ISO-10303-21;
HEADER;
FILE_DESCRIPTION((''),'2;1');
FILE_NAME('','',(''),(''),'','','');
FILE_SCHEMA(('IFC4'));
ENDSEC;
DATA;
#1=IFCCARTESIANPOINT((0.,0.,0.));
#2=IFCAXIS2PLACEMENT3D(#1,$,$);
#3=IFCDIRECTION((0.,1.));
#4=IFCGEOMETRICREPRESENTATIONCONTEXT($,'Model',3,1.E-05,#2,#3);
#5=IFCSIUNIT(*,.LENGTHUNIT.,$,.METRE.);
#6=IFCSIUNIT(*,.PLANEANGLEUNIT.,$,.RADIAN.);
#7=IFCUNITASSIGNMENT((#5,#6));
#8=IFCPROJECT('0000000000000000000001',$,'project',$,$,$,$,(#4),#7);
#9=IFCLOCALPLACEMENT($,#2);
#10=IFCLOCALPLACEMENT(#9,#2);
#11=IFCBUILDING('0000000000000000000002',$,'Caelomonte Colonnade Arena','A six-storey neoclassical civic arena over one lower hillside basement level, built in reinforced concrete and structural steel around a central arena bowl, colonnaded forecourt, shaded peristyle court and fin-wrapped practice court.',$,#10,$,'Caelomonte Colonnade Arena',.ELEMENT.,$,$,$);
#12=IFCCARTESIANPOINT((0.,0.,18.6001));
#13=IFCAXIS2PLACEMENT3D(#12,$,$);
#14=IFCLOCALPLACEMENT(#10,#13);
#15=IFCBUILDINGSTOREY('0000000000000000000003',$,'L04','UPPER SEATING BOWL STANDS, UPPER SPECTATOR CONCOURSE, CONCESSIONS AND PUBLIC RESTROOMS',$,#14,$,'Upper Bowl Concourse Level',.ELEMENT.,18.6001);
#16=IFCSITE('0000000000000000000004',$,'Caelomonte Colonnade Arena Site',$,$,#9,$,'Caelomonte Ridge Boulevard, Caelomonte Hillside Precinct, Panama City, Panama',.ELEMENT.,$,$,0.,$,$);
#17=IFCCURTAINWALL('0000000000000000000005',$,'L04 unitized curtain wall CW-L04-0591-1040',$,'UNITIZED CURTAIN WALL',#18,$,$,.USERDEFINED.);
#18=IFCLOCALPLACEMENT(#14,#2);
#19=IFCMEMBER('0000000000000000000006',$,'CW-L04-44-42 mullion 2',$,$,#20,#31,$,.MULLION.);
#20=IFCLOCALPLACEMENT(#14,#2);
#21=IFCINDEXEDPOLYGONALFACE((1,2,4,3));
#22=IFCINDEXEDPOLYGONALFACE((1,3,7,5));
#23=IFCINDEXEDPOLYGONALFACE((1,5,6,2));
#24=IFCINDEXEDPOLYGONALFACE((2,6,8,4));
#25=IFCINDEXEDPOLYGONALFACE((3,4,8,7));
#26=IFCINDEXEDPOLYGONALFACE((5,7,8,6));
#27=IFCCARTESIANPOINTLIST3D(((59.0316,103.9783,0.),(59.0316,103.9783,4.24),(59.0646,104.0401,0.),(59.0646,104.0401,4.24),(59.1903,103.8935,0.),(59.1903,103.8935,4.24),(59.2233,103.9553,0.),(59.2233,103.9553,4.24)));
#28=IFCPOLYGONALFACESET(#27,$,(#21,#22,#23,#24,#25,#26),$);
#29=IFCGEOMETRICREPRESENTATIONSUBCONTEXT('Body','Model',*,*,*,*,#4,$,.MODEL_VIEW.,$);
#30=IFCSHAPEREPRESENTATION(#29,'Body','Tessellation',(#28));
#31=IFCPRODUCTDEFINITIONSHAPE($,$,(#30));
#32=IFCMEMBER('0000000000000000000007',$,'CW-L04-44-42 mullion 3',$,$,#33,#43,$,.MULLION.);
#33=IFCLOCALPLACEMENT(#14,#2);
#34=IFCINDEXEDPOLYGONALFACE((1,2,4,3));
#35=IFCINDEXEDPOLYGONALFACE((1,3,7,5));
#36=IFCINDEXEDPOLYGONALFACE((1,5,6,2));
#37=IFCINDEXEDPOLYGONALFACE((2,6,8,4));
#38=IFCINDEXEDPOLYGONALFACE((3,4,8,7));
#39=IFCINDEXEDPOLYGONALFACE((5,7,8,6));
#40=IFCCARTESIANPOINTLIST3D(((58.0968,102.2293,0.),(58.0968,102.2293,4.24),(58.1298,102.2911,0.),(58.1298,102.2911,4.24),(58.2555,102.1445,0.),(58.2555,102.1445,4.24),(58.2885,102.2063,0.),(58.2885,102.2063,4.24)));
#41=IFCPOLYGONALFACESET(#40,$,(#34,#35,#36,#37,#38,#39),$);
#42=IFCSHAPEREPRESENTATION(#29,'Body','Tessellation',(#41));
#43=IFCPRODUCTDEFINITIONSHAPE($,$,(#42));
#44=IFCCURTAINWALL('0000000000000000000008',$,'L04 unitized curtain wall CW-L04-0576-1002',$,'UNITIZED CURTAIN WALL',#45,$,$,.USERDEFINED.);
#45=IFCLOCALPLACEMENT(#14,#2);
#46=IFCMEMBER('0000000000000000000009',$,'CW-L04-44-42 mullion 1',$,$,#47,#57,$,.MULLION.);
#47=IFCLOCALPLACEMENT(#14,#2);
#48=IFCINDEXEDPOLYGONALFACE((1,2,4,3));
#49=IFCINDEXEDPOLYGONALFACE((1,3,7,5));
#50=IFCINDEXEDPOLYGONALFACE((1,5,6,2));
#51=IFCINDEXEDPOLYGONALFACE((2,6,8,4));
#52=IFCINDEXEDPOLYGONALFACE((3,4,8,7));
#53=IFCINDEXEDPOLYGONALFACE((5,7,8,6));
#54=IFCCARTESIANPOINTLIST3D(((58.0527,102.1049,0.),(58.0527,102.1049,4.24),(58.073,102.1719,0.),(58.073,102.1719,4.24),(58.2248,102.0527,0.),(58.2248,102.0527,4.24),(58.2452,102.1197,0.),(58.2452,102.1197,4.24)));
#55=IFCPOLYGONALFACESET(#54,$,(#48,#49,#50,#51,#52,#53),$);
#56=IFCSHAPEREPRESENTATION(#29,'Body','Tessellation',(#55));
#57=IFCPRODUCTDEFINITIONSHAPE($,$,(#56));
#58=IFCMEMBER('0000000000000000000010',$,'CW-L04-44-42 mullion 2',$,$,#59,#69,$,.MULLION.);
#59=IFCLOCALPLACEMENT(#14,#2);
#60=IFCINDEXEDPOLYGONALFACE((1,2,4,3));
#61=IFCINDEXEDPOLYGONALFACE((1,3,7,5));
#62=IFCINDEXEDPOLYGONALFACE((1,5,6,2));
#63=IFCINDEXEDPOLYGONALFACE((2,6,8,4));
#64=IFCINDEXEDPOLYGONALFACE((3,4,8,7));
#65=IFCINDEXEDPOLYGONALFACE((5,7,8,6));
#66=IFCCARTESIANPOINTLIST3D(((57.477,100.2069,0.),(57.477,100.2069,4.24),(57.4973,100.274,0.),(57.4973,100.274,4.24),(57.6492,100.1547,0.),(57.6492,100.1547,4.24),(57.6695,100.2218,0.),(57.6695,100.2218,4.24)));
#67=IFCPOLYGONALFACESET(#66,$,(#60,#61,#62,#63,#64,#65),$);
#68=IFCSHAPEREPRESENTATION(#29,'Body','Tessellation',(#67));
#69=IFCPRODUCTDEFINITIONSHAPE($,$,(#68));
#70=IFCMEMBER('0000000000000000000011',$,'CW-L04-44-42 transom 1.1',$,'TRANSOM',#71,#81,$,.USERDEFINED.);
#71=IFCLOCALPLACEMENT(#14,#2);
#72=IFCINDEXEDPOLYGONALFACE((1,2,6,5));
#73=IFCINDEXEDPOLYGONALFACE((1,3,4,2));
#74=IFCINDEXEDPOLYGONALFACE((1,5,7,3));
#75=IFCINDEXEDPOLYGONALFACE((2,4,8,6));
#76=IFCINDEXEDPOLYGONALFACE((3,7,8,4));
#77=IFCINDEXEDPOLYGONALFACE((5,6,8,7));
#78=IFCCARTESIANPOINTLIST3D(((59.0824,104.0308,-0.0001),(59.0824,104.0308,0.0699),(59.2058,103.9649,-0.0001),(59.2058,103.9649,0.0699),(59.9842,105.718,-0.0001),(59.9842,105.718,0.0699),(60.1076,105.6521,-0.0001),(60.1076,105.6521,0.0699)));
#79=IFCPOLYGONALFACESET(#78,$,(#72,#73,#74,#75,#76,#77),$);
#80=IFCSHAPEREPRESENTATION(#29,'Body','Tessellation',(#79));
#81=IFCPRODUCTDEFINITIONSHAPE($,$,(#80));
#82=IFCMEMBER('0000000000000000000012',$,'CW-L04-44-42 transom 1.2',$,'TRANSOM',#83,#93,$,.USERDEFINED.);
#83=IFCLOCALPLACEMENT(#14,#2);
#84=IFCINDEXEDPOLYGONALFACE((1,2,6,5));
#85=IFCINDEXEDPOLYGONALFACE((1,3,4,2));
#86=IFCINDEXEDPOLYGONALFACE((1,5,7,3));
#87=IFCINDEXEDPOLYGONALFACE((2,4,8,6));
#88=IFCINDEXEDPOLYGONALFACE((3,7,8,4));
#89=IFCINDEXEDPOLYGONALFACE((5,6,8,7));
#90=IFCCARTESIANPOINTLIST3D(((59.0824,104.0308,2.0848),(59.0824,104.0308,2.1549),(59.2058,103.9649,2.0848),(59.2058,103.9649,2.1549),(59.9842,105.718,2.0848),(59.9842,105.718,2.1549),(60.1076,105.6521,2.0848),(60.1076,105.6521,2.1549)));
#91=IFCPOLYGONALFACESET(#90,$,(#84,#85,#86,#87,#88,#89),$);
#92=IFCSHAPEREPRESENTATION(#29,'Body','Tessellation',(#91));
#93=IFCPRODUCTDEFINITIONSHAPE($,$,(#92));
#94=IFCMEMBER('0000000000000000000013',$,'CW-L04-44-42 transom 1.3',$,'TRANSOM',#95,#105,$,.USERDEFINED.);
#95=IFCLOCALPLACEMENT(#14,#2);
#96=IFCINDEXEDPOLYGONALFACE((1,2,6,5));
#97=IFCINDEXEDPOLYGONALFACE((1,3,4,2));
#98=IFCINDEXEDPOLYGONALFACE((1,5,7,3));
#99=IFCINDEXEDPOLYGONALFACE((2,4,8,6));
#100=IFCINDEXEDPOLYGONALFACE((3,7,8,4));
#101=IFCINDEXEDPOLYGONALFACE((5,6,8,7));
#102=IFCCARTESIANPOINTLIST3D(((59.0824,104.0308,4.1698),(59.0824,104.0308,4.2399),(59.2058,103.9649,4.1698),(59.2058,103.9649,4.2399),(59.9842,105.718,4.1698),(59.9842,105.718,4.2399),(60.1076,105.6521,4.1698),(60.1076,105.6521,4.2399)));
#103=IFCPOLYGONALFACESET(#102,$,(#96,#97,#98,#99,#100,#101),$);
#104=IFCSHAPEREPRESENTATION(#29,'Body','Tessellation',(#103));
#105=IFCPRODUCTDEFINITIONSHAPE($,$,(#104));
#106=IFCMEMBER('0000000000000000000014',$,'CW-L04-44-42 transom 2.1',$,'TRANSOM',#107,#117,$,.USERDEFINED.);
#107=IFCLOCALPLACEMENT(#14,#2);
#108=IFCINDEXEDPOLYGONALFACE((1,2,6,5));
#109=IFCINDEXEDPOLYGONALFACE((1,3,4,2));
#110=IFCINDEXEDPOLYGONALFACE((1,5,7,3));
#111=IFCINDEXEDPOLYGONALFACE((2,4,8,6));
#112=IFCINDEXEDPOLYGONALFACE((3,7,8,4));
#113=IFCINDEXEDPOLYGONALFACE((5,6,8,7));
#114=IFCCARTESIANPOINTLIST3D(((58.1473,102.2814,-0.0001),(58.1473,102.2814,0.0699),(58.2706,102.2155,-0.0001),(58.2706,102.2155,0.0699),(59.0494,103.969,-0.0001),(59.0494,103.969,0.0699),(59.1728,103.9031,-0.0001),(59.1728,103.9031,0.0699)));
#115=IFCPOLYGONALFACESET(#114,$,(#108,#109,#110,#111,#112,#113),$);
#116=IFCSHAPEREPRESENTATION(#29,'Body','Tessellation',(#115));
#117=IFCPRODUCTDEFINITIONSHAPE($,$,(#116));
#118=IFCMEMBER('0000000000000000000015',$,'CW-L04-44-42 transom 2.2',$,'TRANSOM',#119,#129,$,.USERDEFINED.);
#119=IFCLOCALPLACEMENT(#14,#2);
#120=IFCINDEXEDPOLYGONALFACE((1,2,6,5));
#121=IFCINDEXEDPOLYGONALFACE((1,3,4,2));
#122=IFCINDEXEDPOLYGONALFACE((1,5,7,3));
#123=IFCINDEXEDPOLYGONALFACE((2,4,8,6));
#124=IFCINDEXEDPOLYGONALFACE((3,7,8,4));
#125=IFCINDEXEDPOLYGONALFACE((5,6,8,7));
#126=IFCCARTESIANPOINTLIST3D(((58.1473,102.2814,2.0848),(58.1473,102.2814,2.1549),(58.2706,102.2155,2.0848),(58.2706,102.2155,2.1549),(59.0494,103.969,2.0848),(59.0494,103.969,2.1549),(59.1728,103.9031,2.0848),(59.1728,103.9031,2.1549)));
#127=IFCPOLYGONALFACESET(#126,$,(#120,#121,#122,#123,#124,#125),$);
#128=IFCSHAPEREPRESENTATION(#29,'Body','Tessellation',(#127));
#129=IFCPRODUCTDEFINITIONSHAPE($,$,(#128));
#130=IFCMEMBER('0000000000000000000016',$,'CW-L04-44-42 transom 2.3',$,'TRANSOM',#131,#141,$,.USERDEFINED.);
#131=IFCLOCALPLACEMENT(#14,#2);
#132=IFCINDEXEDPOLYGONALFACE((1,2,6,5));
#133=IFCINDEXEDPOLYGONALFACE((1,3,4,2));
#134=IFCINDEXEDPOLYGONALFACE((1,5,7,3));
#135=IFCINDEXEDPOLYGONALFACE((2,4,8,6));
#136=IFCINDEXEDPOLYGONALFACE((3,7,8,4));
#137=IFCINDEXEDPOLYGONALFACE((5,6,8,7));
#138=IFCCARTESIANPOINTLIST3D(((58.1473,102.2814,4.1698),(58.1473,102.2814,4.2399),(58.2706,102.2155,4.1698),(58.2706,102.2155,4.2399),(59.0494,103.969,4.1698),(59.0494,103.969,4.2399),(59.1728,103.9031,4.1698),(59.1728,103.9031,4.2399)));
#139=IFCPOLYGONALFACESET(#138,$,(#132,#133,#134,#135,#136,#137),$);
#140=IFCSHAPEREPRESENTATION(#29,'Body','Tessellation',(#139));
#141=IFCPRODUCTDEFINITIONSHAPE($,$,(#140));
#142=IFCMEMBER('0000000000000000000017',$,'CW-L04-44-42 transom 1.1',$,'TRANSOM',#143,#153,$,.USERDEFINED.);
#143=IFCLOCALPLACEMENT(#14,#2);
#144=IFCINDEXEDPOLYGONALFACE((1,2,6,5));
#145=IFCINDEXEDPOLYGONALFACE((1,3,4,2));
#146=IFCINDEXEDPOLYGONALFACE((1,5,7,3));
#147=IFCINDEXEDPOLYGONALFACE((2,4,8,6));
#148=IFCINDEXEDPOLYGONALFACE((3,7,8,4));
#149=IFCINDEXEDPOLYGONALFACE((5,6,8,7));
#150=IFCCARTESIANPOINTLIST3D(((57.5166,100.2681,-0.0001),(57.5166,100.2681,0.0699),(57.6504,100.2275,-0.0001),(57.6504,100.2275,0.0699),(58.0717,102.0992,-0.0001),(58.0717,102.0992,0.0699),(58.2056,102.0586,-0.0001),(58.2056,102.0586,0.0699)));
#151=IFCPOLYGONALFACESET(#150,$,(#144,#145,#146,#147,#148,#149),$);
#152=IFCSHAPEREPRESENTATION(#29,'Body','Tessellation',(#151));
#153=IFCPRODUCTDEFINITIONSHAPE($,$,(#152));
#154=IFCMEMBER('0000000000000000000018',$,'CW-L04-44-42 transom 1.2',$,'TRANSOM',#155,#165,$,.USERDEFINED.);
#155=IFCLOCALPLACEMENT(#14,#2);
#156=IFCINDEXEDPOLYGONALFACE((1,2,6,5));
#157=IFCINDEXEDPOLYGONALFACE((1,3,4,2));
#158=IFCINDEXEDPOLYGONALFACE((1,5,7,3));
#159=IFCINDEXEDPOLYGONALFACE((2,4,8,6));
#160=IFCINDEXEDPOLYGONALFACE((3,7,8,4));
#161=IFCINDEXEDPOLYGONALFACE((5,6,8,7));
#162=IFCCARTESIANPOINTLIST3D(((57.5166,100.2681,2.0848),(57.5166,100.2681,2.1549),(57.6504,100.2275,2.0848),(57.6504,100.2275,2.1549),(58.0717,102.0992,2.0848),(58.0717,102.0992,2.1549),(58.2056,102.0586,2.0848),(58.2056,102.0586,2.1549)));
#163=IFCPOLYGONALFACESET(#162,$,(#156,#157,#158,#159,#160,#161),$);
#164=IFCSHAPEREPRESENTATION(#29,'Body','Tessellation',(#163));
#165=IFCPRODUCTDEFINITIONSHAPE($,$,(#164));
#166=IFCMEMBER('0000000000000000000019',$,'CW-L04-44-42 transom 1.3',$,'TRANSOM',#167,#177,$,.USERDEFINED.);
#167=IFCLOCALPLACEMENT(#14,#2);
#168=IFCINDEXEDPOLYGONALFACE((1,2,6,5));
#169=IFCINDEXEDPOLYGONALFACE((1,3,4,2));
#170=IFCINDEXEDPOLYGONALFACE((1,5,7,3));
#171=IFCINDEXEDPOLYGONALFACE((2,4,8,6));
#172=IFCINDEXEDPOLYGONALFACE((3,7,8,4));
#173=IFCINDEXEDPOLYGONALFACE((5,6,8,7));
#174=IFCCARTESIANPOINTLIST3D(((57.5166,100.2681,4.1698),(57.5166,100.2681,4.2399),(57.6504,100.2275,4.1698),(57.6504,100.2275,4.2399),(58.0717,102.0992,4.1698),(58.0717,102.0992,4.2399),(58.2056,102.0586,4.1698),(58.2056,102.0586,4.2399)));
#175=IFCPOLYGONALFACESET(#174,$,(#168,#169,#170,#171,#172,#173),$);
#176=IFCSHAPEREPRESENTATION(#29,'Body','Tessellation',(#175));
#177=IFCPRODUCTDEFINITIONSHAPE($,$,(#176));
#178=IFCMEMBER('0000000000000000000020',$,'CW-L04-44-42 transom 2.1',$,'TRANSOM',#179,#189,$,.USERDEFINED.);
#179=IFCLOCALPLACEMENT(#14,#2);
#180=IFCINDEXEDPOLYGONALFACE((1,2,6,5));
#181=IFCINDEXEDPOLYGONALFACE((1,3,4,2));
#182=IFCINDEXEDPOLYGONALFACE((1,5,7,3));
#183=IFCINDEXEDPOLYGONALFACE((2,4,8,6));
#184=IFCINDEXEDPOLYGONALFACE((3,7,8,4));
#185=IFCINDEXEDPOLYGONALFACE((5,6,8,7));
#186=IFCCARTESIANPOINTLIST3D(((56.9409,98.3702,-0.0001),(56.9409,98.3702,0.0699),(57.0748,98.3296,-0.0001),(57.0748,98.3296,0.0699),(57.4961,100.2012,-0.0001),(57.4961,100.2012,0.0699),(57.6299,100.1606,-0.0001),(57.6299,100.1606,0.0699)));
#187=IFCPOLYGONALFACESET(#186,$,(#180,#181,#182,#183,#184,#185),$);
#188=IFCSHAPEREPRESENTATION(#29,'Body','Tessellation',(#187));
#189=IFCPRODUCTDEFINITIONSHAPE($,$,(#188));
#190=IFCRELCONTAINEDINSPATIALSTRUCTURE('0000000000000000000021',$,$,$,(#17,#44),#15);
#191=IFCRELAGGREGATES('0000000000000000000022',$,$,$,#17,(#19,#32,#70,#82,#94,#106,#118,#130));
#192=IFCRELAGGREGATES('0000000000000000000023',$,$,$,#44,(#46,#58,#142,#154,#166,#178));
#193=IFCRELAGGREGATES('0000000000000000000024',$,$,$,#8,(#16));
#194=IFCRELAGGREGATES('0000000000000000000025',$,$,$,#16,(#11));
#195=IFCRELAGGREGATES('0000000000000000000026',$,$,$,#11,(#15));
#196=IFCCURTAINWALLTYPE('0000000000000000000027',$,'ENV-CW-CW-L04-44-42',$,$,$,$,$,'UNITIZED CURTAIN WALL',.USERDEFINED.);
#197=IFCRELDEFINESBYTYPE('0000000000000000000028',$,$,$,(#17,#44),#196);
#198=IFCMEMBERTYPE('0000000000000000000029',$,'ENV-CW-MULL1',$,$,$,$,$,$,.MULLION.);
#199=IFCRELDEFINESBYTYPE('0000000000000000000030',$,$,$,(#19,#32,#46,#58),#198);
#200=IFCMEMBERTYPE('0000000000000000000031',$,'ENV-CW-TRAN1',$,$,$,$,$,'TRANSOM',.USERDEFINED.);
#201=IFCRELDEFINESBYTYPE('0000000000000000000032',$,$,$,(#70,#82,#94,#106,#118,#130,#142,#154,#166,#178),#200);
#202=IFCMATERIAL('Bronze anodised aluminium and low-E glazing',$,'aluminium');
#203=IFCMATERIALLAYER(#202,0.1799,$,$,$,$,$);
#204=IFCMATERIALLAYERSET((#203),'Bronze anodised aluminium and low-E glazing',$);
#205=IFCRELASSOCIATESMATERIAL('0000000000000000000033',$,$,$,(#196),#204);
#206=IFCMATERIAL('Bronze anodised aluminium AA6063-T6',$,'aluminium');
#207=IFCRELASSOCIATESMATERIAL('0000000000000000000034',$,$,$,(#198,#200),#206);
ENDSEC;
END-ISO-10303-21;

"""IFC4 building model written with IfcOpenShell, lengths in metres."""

from ifc_helpers import new_model, si_unit, direction, frame, origin, origin_2d, place, context, subcontext, project, spatial, rectangle, extrude, material, layer, layer_set, material_profile, profile_set, type_object, element, aggregate, save


model = new_model("IFC4")

# Units and contexts
model_context = context("Model", 3, precision=1e-05, world=origin(), true_north=direction((0.0, 1.0)))
body_context = subcontext(model_context, "Body", "Model", "MODEL_VIEW")
ifc_project = project(units=[si_unit("LENGTHUNIT", "METRE"), si_unit("PLANEANGLEUNIT", "RADIAN")], contexts=[model_context])

# Site, building, storey
site_placement = place(None, origin())
site = spatial("IfcSite", under=ifc_project, at=site_placement, Name="Caelomonte Colonnade Arena Site", LongName="Caelomonte Ridge Boulevard, Caelomonte Hillside Precinct, Panama City, Panama", CompositionType="ELEMENT", RefElevation=0.0)
building_placement = place(site_placement, origin())
building = spatial("IfcBuilding", under=site, at=building_placement, Name="Caelomonte Colonnade Arena", Description="A six-storey neoclassical civic arena over one lower hillside basement level, built in reinforced concrete and structural steel around a central arena bowl, colonnaded forecourt, shaded peristyle court and fin-wrapped practice court.", LongName="Caelomonte Colonnade Arena", CompositionType="ELEMENT")
storey_placement = place(building_placement, frame((0.0, 0.0, 18.6001)))
storey = spatial("IfcBuildingStorey", under=building, at=storey_placement, Name="L04", Description="UPPER SEATING BOWL STANDS, UPPER SPECTATOR CONCOURSE, CONCESSIONS AND PUBLIC RESTROOMS", LongName="Upper Bowl Concourse Level", CompositionType="ELEMENT", Elevation=18.6001)

# Curtain walls, members
ifc_material_1 = material(Name="Bronze anodised aluminium and low-E glazing", Category="aluminium")
ifc_layer_1 = layer(ifc_material_1, 0.1799)
ifc_layer_set_1 = layer_set([ifc_layer_1], Name="Bronze anodised aluminium and low-E glazing")
curtain_wall_type = type_object("IfcCurtainWallType", Name="ENV-CW-CW-L04-44-42", ElementType="UNITIZED CURTAIN WALL", PredefinedType="USERDEFINED", material=ifc_layer_set_1)
curtain_wall_1_placement = place(storey_placement, origin())
curtain_wall_1 = element("IfcCurtainWall", 1, at=curtain_wall_1_placement, inside=storey, type_object=curtain_wall_type, Name="L04 unitized curtain wall CW-L04-0591-1040", ObjectType="UNITIZED CURTAIN WALL", PredefinedType="USERDEFINED")
ifc_material_2 = material(Name="Bronze anodised aluminium AA6063-T6", Category="aluminium")
ifc_material_profile_1 = material_profile(ifc_material_2, rectangle(XDim=0.0701, YDim=0.1799, at=origin_2d()), Name="CWM-70X180")
ifc_profile_set_1 = profile_set([ifc_material_profile_1], Name="Bronze anodised aluminium AA6063-T6")
member_type_1 = type_object("IfcMemberType", Name="ENV-CW-MULL1", PredefinedType="MULLION", material=ifc_profile_set_1)
member_1_placement = place(storey_placement, frame((59.1274, 103.9668, 0.0), z_axis=(0.0, 0.0, 1.0), x_axis=(-0.471394, -0.881923, 0.0)))
member_1 = element("IfcMember", 2, at=member_1_placement, type_object=member_type_1, Name="CW-L04-44-42 mullion 2", PredefinedType="MULLION", context=body_context, shape_type="SweptSolid", body=[
    extrude(rectangle(XDim=0.0701, YDim=0.1799, at=origin_2d()), origin(), (0.0, 0.0, 1.0), 4.24),
])
member_2_placement = place(storey_placement, frame((58.1926, 102.2178, 0.0), z_axis=(0.0, 0.0, 1.0), x_axis=(-0.471394, -0.881923, 0.0)))
member_2 = element("IfcMember", 3, at=member_2_placement, type_object=member_type_1, Name="CW-L04-44-42 mullion 3", PredefinedType="MULLION", context=body_context, shape_type="SweptSolid", body=[
    extrude(rectangle(XDim=0.0701, YDim=0.1799, at=origin_2d()), origin(), (0.0, 0.0, 1.0), 4.24),
])
curtain_wall_2_placement = place(storey_placement, origin())
curtain_wall_2 = element("IfcCurtainWall", 4, at=curtain_wall_2_placement, inside=storey, type_object=curtain_wall_type, Name="L04 unitized curtain wall CW-L04-0576-1002", ObjectType="UNITIZED CURTAIN WALL", PredefinedType="USERDEFINED")
member_3_placement = place(storey_placement, frame((58.1489, 102.1123, 0.0), z_axis=(0.0, 0.0, 1.0), x_axis=(-0.290256, -0.956949, 0.0)))
member_3 = element("IfcMember", 5, at=member_3_placement, type_object=member_type_1, Name="CW-L04-44-42 mullion 1", PredefinedType="MULLION", context=body_context, shape_type="SweptSolid", body=[
    extrude(rectangle(XDim=0.0701, YDim=0.1799, at=origin_2d()), origin(), (0.0, 0.0, 1.0), 4.24),
])
member_4_placement = place(storey_placement, frame((57.5732, 100.2144, 0.0), z_axis=(0.0, 0.0, 1.0), x_axis=(-0.290256, -0.956949, 0.0)))
member_4 = element("IfcMember", 6, at=member_4_placement, type_object=member_type_1, Name="CW-L04-44-42 mullion 2", PredefinedType="MULLION", context=body_context, shape_type="SweptSolid", body=[
    extrude(rectangle(XDim=0.0701, YDim=0.1799, at=origin_2d()), origin(), (0.0, 0.0, 1.0), 4.24),
])

# Members
ifc_material_profile_2 = material_profile(ifc_material_2, rectangle(XDim=0.0701, YDim=0.1399, at=origin_2d()), Name="CWT-70X140")
ifc_profile_set_2 = profile_set([ifc_material_profile_2], Name="Bronze anodised aluminium AA6063-T6")
member_type_2 = type_object("IfcMemberType", Name="ENV-CW-TRAN1", ElementType="TRANSOM", PredefinedType="USERDEFINED", material=ifc_profile_set_2)
member_5_placement = place(storey_placement, frame((60.0459, 105.6851, 0.0349), z_axis=(-0.471396, -0.881922, 0.0), x_axis=(0.0, 0.0, 1.0)))
member_5 = element("IfcMember", 7, at=member_5_placement, type_object=member_type_2, Name="CW-L04-44-42 transom 1.1", ObjectType="TRANSOM", PredefinedType="USERDEFINED", context=body_context, shape_type="SweptSolid", body=[
    extrude(rectangle(XDim=0.0701, YDim=0.1399, at=origin_2d()), origin(), (0.0, 0.0, 1.0), 1.9131),
])
member_6_placement = place(storey_placement, frame((60.0459, 105.6851, 2.1199), z_axis=(-0.471396, -0.881922, 0.0), x_axis=(0.0, 0.0, 1.0)))
member_6 = element("IfcMember", 8, at=member_6_placement, type_object=member_type_2, Name="CW-L04-44-42 transom 1.2", ObjectType="TRANSOM", PredefinedType="USERDEFINED", context=body_context, shape_type="SweptSolid", body=[
    extrude(rectangle(XDim=0.0701, YDim=0.1399, at=origin_2d()), origin(), (0.0, 0.0, 1.0), 1.9131),
])
member_7_placement = place(storey_placement, frame((60.0459, 105.6851, 4.2048), z_axis=(-0.471396, -0.881922, 0.0), x_axis=(0.0, 0.0, 1.0)))
member_7 = element("IfcMember", 9, at=member_7_placement, type_object=member_type_2, Name="CW-L04-44-42 transom 1.3", ObjectType="TRANSOM", PredefinedType="USERDEFINED", context=body_context, shape_type="SweptSolid", body=[
    extrude(rectangle(XDim=0.0701, YDim=0.1399, at=origin_2d()), origin(), (0.0, 0.0, 1.0), 1.9131),
])
member_8_placement = place(storey_placement, frame((59.1111, 103.936, 0.0349), z_axis=(-0.471442, -0.881897, 0.0), x_axis=(0.0, 0.0, 1.0)))
member_8 = element("IfcMember", 10, at=member_8_placement, type_object=member_type_2, Name="CW-L04-44-42 transom 2.1", ObjectType="TRANSOM", PredefinedType="USERDEFINED", context=body_context, shape_type="SweptSolid", body=[
    extrude(rectangle(XDim=0.0701, YDim=0.1399, at=origin_2d()), origin(), (0.0, 0.0, 1.0), 1.9136),
])
member_9_placement = place(storey_placement, frame((59.1111, 103.936, 2.1199), z_axis=(-0.471442, -0.881897, 0.0), x_axis=(0.0, 0.0, 1.0)))
member_9 = element("IfcMember", 11, at=member_9_placement, type_object=member_type_2, Name="CW-L04-44-42 transom 2.2", ObjectType="TRANSOM", PredefinedType="USERDEFINED", context=body_context, shape_type="SweptSolid", body=[
    extrude(rectangle(XDim=0.0701, YDim=0.1399, at=origin_2d()), origin(), (0.0, 0.0, 1.0), 1.9136),
])
member_10_placement = place(storey_placement, frame((59.1111, 103.936, 4.2048), z_axis=(-0.471442, -0.881897, 0.0), x_axis=(0.0, 0.0, 1.0)))
member_10 = element("IfcMember", 12, at=member_10_placement, type_object=member_type_2, Name="CW-L04-44-42 transom 2.3", ObjectType="TRANSOM", PredefinedType="USERDEFINED", context=body_context, shape_type="SweptSolid", body=[
    extrude(rectangle(XDim=0.0701, YDim=0.1399, at=origin_2d()), origin(), (0.0, 0.0, 1.0), 1.9136),
])
member_11_placement = place(storey_placement, frame((58.1387, 102.0789, 0.0349), z_axis=(-0.290156, -0.956979, 0.0), x_axis=(0.0, 0.0, 1.0)))
member_11 = element("IfcMember", 13, at=member_11_placement, type_object=member_type_2, Name="CW-L04-44-42 transom 1.1", ObjectType="TRANSOM", PredefinedType="USERDEFINED", context=body_context, shape_type="SweptSolid", body=[
    extrude(rectangle(XDim=0.0701, YDim=0.1399, at=origin_2d()), origin(), (0.0, 0.0, 1.0), 1.9133),
])
member_12_placement = place(storey_placement, frame((58.1387, 102.0789, 2.1199), z_axis=(-0.290156, -0.956979, 0.0), x_axis=(0.0, 0.0, 1.0)))
member_12 = element("IfcMember", 14, at=member_12_placement, type_object=member_type_2, Name="CW-L04-44-42 transom 1.2", ObjectType="TRANSOM", PredefinedType="USERDEFINED", context=body_context, shape_type="SweptSolid", body=[
    extrude(rectangle(XDim=0.0701, YDim=0.1399, at=origin_2d()), origin(), (0.0, 0.0, 1.0), 1.9133),
])
member_13_placement = place(storey_placement, frame((58.1387, 102.0789, 4.2048), z_axis=(-0.290156, -0.956979, 0.0), x_axis=(0.0, 0.0, 1.0)))
member_13 = element("IfcMember", 15, at=member_13_placement, type_object=member_type_2, Name="CW-L04-44-42 transom 1.3", ObjectType="TRANSOM", PredefinedType="USERDEFINED", context=body_context, shape_type="SweptSolid", body=[
    extrude(rectangle(XDim=0.0701, YDim=0.1399, at=origin_2d()), origin(), (0.0, 0.0, 1.0), 1.9133),
])
member_14_placement = place(storey_placement, frame((57.563, 100.1809, 0.0349), z_axis=(-0.290156, -0.956979, 0.0), x_axis=(0.0, 0.0, 1.0)))
member_14 = element("IfcMember", 16, at=member_14_placement, type_object=member_type_2, Name="CW-L04-44-42 transom 2.1", ObjectType="TRANSOM", PredefinedType="USERDEFINED", context=body_context, shape_type="SweptSolid", body=[
    extrude(rectangle(XDim=0.0701, YDim=0.1399, at=origin_2d()), origin(), (0.0, 0.0, 1.0), 1.9133),
])

aggregate(curtain_wall_1, [member_1, member_2, member_5, member_6, member_7, member_8, member_9, member_10])
aggregate(curtain_wall_2, [member_3, member_4, member_11, member_12, member_13, member_14])

save(model, "model.ifc")
